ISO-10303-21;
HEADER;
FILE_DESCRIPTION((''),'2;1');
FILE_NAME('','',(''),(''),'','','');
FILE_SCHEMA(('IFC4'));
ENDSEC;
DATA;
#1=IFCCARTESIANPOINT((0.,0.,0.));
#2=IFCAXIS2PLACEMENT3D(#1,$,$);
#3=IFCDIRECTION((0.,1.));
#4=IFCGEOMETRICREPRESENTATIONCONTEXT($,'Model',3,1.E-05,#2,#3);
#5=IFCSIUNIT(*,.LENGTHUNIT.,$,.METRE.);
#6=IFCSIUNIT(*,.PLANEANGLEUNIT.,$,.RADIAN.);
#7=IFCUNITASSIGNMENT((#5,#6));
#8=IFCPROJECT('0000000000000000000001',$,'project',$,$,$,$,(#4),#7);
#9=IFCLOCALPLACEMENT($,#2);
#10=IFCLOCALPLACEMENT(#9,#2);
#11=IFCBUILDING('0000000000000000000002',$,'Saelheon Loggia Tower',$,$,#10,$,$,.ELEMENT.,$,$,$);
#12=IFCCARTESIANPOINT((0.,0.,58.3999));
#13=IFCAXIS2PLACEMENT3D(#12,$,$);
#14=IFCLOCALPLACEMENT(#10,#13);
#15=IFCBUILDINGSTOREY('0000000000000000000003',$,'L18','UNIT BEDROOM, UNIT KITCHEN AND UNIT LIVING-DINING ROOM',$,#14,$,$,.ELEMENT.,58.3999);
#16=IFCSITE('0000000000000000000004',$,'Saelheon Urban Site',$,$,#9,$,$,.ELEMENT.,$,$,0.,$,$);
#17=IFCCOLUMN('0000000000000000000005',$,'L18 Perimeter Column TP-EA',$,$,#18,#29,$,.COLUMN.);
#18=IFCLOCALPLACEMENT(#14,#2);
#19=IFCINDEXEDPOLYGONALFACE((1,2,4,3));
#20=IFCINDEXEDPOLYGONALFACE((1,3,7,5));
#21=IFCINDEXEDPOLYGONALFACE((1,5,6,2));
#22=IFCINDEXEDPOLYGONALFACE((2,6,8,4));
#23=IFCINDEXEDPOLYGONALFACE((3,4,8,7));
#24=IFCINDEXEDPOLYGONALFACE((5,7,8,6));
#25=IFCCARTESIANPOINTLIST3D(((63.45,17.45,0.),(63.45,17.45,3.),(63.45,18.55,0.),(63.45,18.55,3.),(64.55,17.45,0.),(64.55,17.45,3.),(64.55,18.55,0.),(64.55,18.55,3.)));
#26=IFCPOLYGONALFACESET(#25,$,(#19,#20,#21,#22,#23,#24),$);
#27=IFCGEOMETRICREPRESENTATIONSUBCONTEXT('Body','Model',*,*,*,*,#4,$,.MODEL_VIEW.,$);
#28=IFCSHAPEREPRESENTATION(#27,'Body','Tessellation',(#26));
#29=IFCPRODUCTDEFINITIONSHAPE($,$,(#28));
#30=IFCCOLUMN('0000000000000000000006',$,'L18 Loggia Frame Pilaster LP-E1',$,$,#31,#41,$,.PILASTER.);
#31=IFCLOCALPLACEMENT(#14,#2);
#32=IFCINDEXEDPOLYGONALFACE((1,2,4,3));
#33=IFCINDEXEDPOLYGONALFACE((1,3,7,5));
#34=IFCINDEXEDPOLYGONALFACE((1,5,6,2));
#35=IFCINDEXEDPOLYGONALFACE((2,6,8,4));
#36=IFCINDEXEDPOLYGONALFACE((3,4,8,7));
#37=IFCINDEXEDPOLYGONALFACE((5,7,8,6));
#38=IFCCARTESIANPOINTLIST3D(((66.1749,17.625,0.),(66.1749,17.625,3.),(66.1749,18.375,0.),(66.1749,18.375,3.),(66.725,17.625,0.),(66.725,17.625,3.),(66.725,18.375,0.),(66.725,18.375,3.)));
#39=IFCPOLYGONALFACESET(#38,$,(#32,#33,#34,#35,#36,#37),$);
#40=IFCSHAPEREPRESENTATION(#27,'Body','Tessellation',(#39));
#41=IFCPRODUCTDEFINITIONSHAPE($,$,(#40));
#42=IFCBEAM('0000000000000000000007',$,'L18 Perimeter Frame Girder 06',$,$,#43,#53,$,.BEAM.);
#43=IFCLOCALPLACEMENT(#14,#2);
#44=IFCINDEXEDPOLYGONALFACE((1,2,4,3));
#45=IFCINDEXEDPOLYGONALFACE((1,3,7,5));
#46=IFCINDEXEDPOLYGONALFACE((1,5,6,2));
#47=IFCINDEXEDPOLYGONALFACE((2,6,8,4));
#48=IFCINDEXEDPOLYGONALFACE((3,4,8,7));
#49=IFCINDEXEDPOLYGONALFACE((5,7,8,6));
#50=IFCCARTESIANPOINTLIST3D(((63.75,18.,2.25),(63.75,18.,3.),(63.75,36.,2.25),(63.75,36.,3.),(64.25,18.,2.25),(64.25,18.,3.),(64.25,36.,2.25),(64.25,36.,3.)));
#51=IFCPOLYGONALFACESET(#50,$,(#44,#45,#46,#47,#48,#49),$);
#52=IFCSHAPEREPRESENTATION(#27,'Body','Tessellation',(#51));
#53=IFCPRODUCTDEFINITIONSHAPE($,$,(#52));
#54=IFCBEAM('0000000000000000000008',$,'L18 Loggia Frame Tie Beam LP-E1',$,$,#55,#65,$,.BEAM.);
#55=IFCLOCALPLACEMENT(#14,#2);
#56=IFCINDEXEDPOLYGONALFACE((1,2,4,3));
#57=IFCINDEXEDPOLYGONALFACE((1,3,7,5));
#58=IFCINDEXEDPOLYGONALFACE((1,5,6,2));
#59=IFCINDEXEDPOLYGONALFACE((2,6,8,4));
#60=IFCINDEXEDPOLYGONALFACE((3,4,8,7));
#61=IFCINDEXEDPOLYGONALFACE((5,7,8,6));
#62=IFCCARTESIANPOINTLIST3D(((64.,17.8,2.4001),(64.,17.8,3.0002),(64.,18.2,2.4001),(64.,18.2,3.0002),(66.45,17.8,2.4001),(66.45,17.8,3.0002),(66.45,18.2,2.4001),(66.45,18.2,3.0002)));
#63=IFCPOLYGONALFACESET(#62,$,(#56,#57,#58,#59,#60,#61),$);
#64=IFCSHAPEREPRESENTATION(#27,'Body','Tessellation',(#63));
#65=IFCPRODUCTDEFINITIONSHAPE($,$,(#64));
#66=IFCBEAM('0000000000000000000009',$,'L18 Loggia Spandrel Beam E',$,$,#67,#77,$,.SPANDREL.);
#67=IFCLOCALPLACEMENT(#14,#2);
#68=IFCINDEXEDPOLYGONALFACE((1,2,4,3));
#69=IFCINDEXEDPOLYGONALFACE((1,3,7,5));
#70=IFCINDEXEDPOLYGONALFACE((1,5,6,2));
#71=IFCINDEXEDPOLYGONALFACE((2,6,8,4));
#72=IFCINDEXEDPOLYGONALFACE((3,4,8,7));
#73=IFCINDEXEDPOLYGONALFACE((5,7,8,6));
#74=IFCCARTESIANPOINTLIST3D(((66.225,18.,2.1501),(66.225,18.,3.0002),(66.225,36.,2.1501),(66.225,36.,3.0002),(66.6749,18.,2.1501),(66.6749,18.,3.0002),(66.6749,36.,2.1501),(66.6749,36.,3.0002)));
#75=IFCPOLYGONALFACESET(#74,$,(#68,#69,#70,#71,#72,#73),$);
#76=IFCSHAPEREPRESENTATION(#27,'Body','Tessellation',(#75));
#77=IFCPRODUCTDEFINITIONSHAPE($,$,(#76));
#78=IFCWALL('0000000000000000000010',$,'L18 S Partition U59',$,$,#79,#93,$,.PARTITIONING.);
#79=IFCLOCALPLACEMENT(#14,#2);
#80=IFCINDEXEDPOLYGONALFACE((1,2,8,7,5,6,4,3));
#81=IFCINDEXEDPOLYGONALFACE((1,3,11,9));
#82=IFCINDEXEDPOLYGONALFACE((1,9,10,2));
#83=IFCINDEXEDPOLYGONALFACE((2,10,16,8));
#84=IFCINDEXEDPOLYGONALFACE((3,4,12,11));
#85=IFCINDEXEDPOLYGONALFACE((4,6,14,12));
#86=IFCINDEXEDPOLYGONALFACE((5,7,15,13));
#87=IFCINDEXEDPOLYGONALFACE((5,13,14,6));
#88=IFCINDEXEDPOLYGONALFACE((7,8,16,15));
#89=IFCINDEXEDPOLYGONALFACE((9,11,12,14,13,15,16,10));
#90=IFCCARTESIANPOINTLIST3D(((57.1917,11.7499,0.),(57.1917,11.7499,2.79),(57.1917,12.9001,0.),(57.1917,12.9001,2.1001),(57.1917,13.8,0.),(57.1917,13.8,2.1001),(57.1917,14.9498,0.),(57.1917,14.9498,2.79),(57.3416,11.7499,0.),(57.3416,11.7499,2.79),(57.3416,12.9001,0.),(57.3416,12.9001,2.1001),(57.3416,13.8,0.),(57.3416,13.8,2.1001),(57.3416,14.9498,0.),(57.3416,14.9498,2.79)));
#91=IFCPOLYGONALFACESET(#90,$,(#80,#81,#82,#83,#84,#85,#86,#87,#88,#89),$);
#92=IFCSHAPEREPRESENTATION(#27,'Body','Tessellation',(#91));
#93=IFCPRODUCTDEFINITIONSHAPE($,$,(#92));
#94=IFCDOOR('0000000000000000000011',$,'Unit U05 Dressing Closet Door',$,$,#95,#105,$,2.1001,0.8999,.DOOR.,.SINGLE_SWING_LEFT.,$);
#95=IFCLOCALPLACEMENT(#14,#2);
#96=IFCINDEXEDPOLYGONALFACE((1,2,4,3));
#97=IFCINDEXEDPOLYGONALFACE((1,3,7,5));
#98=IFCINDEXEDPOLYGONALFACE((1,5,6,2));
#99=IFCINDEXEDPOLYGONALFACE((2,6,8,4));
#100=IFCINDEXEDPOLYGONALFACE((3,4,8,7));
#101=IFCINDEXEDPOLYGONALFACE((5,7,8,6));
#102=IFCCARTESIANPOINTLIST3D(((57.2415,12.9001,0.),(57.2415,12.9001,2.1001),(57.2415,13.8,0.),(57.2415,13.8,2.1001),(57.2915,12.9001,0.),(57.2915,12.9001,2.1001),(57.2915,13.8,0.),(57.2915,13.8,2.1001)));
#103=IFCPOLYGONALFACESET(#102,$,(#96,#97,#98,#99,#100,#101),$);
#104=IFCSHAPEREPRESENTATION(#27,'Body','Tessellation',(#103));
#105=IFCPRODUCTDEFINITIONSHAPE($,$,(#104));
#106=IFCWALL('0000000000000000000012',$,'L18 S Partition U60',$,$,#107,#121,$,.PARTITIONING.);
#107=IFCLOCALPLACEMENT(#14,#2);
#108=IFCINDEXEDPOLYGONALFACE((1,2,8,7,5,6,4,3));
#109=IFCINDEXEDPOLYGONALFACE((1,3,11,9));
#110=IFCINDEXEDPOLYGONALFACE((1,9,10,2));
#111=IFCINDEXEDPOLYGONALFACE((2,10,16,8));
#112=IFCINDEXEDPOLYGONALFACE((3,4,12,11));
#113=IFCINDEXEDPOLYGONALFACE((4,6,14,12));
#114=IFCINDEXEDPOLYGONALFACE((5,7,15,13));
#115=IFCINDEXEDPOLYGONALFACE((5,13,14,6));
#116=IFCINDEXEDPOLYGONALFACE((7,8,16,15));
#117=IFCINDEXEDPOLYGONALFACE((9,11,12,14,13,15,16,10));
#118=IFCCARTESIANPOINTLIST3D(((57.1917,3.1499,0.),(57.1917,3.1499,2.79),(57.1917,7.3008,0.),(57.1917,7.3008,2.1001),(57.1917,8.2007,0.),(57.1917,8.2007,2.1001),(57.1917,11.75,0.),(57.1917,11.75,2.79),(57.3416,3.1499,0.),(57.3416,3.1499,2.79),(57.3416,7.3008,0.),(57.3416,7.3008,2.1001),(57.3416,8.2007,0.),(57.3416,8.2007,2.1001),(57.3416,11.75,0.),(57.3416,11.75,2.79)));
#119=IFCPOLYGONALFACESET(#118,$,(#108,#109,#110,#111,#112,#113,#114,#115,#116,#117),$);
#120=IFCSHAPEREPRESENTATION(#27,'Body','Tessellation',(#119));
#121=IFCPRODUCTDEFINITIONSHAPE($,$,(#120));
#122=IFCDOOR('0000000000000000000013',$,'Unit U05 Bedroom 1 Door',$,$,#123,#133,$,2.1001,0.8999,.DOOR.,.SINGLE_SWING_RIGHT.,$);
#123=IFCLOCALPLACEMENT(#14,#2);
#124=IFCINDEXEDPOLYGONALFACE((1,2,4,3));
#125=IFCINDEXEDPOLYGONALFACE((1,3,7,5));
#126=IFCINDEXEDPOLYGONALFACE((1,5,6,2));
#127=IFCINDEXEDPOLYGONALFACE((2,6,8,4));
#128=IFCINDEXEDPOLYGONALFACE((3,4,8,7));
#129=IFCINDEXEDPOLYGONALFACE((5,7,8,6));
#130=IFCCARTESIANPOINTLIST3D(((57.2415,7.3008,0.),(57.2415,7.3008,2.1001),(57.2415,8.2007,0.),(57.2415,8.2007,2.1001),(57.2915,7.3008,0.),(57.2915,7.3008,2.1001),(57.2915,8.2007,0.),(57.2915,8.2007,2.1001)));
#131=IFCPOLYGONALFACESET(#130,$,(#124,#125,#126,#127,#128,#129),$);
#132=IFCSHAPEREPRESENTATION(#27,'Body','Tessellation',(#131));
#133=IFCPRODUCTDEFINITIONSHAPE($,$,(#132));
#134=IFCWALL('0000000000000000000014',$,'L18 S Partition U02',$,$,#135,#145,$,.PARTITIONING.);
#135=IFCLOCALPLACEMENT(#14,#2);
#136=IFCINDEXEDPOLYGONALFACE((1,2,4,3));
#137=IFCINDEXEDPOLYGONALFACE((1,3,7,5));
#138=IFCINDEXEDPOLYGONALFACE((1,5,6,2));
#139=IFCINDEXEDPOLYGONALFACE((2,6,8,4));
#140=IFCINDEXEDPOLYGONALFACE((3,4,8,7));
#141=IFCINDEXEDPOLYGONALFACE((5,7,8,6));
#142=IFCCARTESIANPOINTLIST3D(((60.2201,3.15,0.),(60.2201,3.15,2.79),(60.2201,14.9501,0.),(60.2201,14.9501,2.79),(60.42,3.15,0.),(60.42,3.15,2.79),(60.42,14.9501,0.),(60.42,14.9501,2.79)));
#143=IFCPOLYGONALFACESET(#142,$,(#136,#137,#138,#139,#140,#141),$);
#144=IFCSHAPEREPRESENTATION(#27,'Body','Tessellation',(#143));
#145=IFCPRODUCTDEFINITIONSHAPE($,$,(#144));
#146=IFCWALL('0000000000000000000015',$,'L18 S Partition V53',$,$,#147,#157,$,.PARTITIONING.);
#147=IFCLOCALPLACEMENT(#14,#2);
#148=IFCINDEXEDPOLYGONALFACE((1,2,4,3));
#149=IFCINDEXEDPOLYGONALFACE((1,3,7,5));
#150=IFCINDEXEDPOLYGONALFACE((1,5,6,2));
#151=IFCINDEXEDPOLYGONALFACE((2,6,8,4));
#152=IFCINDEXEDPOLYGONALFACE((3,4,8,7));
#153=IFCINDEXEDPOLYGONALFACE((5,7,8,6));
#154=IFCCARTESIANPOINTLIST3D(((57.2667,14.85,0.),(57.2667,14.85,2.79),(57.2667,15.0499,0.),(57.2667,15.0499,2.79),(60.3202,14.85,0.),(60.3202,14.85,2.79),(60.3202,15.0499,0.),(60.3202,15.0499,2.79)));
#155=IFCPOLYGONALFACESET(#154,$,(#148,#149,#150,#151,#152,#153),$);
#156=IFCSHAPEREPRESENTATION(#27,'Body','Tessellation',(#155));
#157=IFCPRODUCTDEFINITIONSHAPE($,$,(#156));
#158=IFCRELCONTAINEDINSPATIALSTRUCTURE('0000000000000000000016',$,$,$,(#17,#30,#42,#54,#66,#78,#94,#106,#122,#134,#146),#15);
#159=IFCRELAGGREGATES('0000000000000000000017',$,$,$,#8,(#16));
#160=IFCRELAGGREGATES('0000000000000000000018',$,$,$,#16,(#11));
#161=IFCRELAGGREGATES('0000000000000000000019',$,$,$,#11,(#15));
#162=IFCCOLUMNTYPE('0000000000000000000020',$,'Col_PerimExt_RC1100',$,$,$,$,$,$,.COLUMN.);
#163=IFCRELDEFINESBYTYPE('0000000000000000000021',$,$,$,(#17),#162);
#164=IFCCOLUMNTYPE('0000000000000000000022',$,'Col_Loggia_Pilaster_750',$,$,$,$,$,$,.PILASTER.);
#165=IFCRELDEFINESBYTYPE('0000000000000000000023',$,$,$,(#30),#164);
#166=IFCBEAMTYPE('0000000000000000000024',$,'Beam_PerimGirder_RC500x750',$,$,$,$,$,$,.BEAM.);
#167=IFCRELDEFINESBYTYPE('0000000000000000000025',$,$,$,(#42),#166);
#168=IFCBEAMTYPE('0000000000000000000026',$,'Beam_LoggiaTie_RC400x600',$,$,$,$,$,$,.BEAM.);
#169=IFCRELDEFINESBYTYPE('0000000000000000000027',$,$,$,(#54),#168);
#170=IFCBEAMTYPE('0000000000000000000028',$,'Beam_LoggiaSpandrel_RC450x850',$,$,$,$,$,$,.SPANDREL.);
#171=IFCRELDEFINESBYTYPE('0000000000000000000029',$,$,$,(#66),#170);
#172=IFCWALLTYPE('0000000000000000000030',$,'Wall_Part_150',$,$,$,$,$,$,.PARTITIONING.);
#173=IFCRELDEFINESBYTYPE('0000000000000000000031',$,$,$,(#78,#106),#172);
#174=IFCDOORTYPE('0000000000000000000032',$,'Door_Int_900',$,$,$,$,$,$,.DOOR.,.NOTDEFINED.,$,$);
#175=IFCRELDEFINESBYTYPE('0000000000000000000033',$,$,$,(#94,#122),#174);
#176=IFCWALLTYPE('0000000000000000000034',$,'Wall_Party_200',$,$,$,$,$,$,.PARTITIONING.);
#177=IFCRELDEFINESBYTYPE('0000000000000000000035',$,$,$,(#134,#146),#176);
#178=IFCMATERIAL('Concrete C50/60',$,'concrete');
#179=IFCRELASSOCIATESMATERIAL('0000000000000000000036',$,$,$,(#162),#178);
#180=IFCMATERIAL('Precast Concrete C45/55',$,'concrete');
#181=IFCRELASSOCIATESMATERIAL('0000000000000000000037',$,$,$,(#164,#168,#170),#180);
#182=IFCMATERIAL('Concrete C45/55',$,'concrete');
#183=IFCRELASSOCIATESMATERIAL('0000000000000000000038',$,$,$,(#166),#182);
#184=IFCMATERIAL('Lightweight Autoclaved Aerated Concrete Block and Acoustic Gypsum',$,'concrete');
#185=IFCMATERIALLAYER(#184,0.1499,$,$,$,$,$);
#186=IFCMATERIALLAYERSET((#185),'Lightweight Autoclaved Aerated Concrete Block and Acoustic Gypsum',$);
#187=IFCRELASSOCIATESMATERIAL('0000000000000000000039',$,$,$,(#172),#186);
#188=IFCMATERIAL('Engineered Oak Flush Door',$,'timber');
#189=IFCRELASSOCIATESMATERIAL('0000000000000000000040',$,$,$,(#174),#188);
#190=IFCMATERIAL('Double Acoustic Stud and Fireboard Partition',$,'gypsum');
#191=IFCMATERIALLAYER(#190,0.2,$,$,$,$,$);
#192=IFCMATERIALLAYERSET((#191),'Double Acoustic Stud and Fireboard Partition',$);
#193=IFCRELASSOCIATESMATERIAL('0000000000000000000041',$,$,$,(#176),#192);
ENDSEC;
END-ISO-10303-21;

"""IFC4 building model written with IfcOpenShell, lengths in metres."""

from ifc_helpers import new_model, si_unit, direction, frame, frame_2d, origin, origin_2d, place, context, subcontext, project, spatial, rectangle, extrude, source, transform, mapped, material, layer, layer_set, material_profile, profile_set, type_object, element, fill, save


model = new_model("IFC4")

# Units and contexts
model_context = context("Model", 3, precision=1e-05, world=origin(), true_north=direction((0.0, 1.0)))
body_context = subcontext(model_context, "Body", "Model", "MODEL_VIEW")
ifc_project = project(units=[si_unit("LENGTHUNIT", "METRE"), si_unit("PLANEANGLEUNIT", "RADIAN")], contexts=[model_context])

# Site, building, storey
site_placement = place(None, origin())
site = spatial("IfcSite", under=ifc_project, at=site_placement, Name="Saelheon Urban Site", CompositionType="ELEMENT", RefElevation=0.0)
building_placement = place(site_placement, origin())
building = spatial("IfcBuilding", under=site, at=building_placement, Name="Saelheon Loggia Tower", CompositionType="ELEMENT")
storey_placement = place(building_placement, frame((0.0, 0.0, 58.3999)))
storey = spatial("IfcBuildingStorey", under=building, at=storey_placement, Name="L18", Description="UNIT BEDROOM, UNIT KITCHEN AND UNIT LIVING-DINING ROOM", CompositionType="ELEMENT", Elevation=58.3999)

# Columns
ifc_material_1 = material(Name="Concrete C50/60", Category="concrete")
ifc_material_profile_1 = material_profile(ifc_material_1, rectangle(XDim=1.1001, YDim=1.1001, at=origin_2d()), Name="RC-1100x1100")
ifc_profile_set_1 = profile_set([ifc_material_profile_1], Name="Concrete C50/60")
column_type_1 = type_object("IfcColumnType", Name="Col_PerimExt_RC1100", PredefinedType="COLUMN", material=ifc_profile_set_1)
shared_shape_1 = source(origin(), body_context, "Body", "SweptSolid", [
    extrude(rectangle(XDim=1.1001, YDim=1.1001, at=origin_2d()), origin(), (0.0, 0.0, 1.0), 3.0),
])
column_1_placement = place(storey_placement, frame((64.0, 18.0, 0.0), z_axis=(0.0, 0.0, 1.0), x_axis=(1.0, 0.0, 0.0)))
element("IfcColumn", 1, at=column_1_placement, inside=storey, type_object=column_type_1, Name="L18 Perimeter Column TP-EA", PredefinedType="COLUMN", context=body_context, shape_type="MappedRepresentation", body=[
    mapped(shared_shape_1, transform((0.0, 0.0, 0.0), scale=1.0)),
])
ifc_material_2 = material(Name="Precast Concrete C45/55", Category="concrete")
ifc_material_profile_2 = material_profile(ifc_material_2, rectangle(XDim=0.55, YDim=0.75, at=origin_2d()), Name="RC-550x750")
ifc_profile_set_2 = profile_set([ifc_material_profile_2], Name="Precast Concrete C45/55")
column_type_2 = type_object("IfcColumnType", Name="Col_Loggia_Pilaster_750", PredefinedType="PILASTER", material=ifc_profile_set_2)
shared_shape_2 = source(origin(), body_context, "Body", "SweptSolid", [
    extrude(rectangle(XDim=0.55, YDim=0.75, at=origin_2d()), origin(), (0.0, 0.0, 1.0), 3.0),
])
column_2_placement = place(storey_placement, frame((66.45, 18.0, 0.0), z_axis=(0.0, 0.0, 1.0), x_axis=(1.0, 0.0, 0.0)))
element("IfcColumn", 2, at=column_2_placement, inside=storey, type_object=column_type_2, Name="L18 Loggia Frame Pilaster LP-E1", PredefinedType="PILASTER", context=body_context, shape_type="MappedRepresentation", body=[
    mapped(shared_shape_2, transform((0.0, 0.0, 0.0), scale=1.0)),
])

# Beams
ifc_material_3 = material(Name="Concrete C45/55", Category="concrete")
ifc_material_profile_3 = material_profile(ifc_material_3, rectangle(XDim=0.5, YDim=0.75, at=origin_2d()), Name="RC-500x750")
ifc_profile_set_3 = profile_set([ifc_material_profile_3], Name="Concrete C45/55")
beam_type_1 = type_object("IfcBeamType", Name="Beam_PerimGirder_RC500x750", PredefinedType="BEAM", material=ifc_profile_set_3)
shared_shape_3 = source(origin(), body_context, "Body", "SweptSolid", [
    extrude(rectangle(XDim=0.5, YDim=0.75, at=origin_2d()), origin(), (0.0, 0.0, 1.0), 18.0),
])
beam_1_placement = place(storey_placement, frame((64.0, 18.0, 2.625), z_axis=(0.0, 1.0, 0.0), x_axis=(-1.0, 0.0, 0.0)))
element("IfcBeam", 3, at=beam_1_placement, inside=storey, type_object=beam_type_1, Name="L18 Perimeter Frame Girder 06", PredefinedType="BEAM", context=body_context, shape_type="MappedRepresentation", body=[
    mapped(shared_shape_3, transform((0.0, 0.0, 0.0), scale=1.0)),
])
ifc_material_profile_4 = material_profile(ifc_material_2, rectangle(XDim=0.3999, YDim=0.6001, at=origin_2d()), Name="RC-400x600")
ifc_profile_set_4 = profile_set([ifc_material_profile_4], Name="Precast Concrete C45/55")
beam_type_2 = type_object("IfcBeamType", Name="Beam_LoggiaTie_RC400x600", PredefinedType="BEAM", material=ifc_profile_set_4)
shared_shape_4 = source(origin(), body_context, "Body", "SweptSolid", [
    extrude(rectangle(XDim=0.3999, YDim=0.6001, at=origin_2d()), origin(), (0.0, 0.0, 1.0), 2.45),
])
beam_2_placement = place(storey_placement, frame((64.0, 18.0, 2.7002), z_axis=(1.0, 0.0, 0.0), x_axis=(0.0, 1.0, 0.0)))
element("IfcBeam", 4, at=beam_2_placement, inside=storey, type_object=beam_type_2, Name="L18 Loggia Frame Tie Beam LP-E1", PredefinedType="BEAM", context=body_context, shape_type="MappedRepresentation", body=[
    mapped(shared_shape_4, transform((0.0, 0.0, 0.0), scale=1.0)),
])
ifc_material_profile_5 = material_profile(ifc_material_2, rectangle(XDim=0.45, YDim=0.8501, at=origin_2d()), Name="RC-450x850")
ifc_profile_set_5 = profile_set([ifc_material_profile_5], Name="Precast Concrete C45/55")
beam_type_3 = type_object("IfcBeamType", Name="Beam_LoggiaSpandrel_RC450x850", PredefinedType="SPANDREL", material=ifc_profile_set_5)
shared_shape_5 = source(origin(), body_context, "Body", "SweptSolid", [
    extrude(rectangle(XDim=0.45, YDim=0.8501, at=origin_2d()), origin(), (0.0, 0.0, 1.0), 18.0),
])
beam_3_placement = place(storey_placement, frame((66.45, 18.0, 2.5752), z_axis=(0.0, 1.0, 0.0), x_axis=(-1.0, 0.0, 0.0)))
element("IfcBeam", 5, at=beam_3_placement, inside=storey, type_object=beam_type_3, Name="L18 Loggia Spandrel Beam E", PredefinedType="SPANDREL", context=body_context, shape_type="MappedRepresentation", body=[
    mapped(shared_shape_5, transform((0.0, 0.0, 0.0), scale=1.0)),
])

# Walls, openings, doors
ifc_material_4 = material(Name="Lightweight Autoclaved Aerated Concrete Block and Acoustic Gypsum", Category="concrete")
ifc_layer_1 = layer(ifc_material_4, 0.1499)
ifc_layer_set_1 = layer_set([ifc_layer_1], Name="Lightweight Autoclaved Aerated Concrete Block and Acoustic Gypsum")
wall_type_1 = type_object("IfcWallType", Name="Wall_Part_150", PredefinedType="PARTITIONING", material=ifc_layer_set_1)
wall_1_placement = place(storey_placement, frame((57.2666, 14.95, 0.0), z_axis=(0.0, 0.0, 1.0), x_axis=(0.0, -1.0, 0.0)))
wall_1 = element("IfcWall", 6, at=wall_1_placement, inside=storey, type_object=wall_type_1, Name="L18 S Partition U59", PredefinedType="PARTITIONING", context=body_context, shape_type="SweptSolid", body=[
    extrude(rectangle(XDim=3.2, YDim=0.1499, at=frame_2d((1.6001, 0.0))), origin(), (0.0, 0.0, 1.0), 2.79),
])
opening_1_placement = place(wall_1_placement, frame((1.1499, 0.0, 0.0)))
opening_1 = element("IfcOpeningElement", 7, at=opening_1_placement, cuts=wall_1, PredefinedType="OPENING", context=body_context, shape_type="SweptSolid", body=[
    extrude(rectangle(XDim=0.8999, YDim=2.1001, at=frame_2d((0.45, 1.05))), frame((0.0, 0.0869, 0.0), z_axis=(0.0, -1.0, 0.0), x_axis=(1.0, 0.0, 0.0)), (0.0, 0.0, 1.0), 0.1738),
])
ifc_material_5 = material(Name="Engineered Oak Flush Door", Category="timber")
door_type_1 = type_object("IfcDoorType", Name="Door_Int_900", OperationType="NOTDEFINED", PredefinedType="DOOR", material=ifc_material_5)
shared_shape_6 = source(origin(), body_context, "Body", "SweptSolid", [
    extrude(rectangle(XDim=0.8999, YDim=2.1001, at=frame_2d((0.45, 1.05))), frame((0.0, 0.0249, 0.0), z_axis=(0.0, -1.0, 0.0), x_axis=(1.0, 0.0, 0.0)), (0.0, 0.0, 1.0), 0.05),
])
door_1_placement = place(opening_1_placement, origin())
door_1 = element("IfcDoor", 8, at=door_1_placement, inside=storey, type_object=door_type_1, Name="Unit U05 Dressing Closet Door", OperationType="SINGLE_SWING_LEFT", OverallHeight=2.1001, OverallWidth=0.8999, PredefinedType="DOOR", context=body_context, shape_type="MappedRepresentation", body=[
    mapped(shared_shape_6, transform((0.0, 0.0, 0.0), scale=1.0)),
])
fill(opening_1, door_1)
wall_2_placement = place(storey_placement, frame((57.2666, 11.75, 0.0), z_axis=(0.0, 0.0, 1.0), x_axis=(0.0, -1.0, 0.0)))
wall_2 = element("IfcWall", 9, at=wall_2_placement, inside=storey, type_object=wall_type_1, Name="L18 S Partition U60", PredefinedType="PARTITIONING", context=body_context, shape_type="SweptSolid", body=[
    extrude(rectangle(XDim=8.6001, YDim=0.1499, at=frame_2d((4.3, 0.0))), origin(), (0.0, 0.0, 1.0), 2.79),
])
opening_2_placement = place(wall_2_placement, frame((3.5493, 0.0, 0.0)))
opening_2 = element("IfcOpeningElement", 10, at=opening_2_placement, cuts=wall_2, PredefinedType="OPENING", context=body_context, shape_type="SweptSolid", body=[
    extrude(rectangle(XDim=0.8999, YDim=2.1001, at=frame_2d((0.45, 1.05))), frame((0.0, 0.0869, 0.0), z_axis=(0.0, -1.0, 0.0), x_axis=(1.0, 0.0, 0.0)), (0.0, 0.0, 1.0), 0.1738),
])
door_2_placement = place(opening_2_placement, origin())
door_2 = element("IfcDoor", 11, at=door_2_placement, inside=storey, type_object=door_type_1, Name="Unit U05 Bedroom 1 Door", OperationType="SINGLE_SWING_RIGHT", OverallHeight=2.1001, OverallWidth=0.8999, PredefinedType="DOOR", context=body_context, shape_type="MappedRepresentation", body=[
    mapped(shared_shape_6, transform((0.0, 0.0, 0.0), scale=1.0)),
])
fill(opening_2, door_2)

# Walls
ifc_material_6 = material(Name="Double Acoustic Stud and Fireboard Partition", Category="gypsum")
ifc_layer_2 = layer(ifc_material_6, 0.2)
ifc_layer_set_2 = layer_set([ifc_layer_2], Name="Double Acoustic Stud and Fireboard Partition")
wall_type_2 = type_object("IfcWallType", Name="Wall_Party_200", PredefinedType="PARTITIONING", material=ifc_layer_set_2)
wall_3_placement = place(storey_placement, frame((60.3201, 14.95, 0.0), z_axis=(0.0, 0.0, 1.0), x_axis=(0.0, -1.0, 0.0)))
element("IfcWall", 12, at=wall_3_placement, inside=storey, type_object=wall_type_2, Name="L18 S Partition U02", PredefinedType="PARTITIONING", context=body_context, shape_type="SweptSolid", body=[
    extrude(rectangle(XDim=11.8, YDim=0.2, at=frame_2d((5.8999, 0.0))), origin(), (0.0, 0.0, 1.0), 2.79),
])
wall_4_placement = place(storey_placement, frame((57.2666, 14.95, 0.0), z_axis=(0.0, 0.0, 1.0), x_axis=(1.0, 0.0, 0.0)))
element("IfcWall", 13, at=wall_4_placement, inside=storey, type_object=wall_type_2, Name="L18 S Partition V53", PredefinedType="PARTITIONING", context=body_context, shape_type="SweptSolid", body=[
    extrude(rectangle(XDim=3.0535, YDim=0.2, at=frame_2d((1.5269, 0.0))), origin(), (0.0, 0.0, 1.0), 2.79),
])

save(model, "model.ifc")
